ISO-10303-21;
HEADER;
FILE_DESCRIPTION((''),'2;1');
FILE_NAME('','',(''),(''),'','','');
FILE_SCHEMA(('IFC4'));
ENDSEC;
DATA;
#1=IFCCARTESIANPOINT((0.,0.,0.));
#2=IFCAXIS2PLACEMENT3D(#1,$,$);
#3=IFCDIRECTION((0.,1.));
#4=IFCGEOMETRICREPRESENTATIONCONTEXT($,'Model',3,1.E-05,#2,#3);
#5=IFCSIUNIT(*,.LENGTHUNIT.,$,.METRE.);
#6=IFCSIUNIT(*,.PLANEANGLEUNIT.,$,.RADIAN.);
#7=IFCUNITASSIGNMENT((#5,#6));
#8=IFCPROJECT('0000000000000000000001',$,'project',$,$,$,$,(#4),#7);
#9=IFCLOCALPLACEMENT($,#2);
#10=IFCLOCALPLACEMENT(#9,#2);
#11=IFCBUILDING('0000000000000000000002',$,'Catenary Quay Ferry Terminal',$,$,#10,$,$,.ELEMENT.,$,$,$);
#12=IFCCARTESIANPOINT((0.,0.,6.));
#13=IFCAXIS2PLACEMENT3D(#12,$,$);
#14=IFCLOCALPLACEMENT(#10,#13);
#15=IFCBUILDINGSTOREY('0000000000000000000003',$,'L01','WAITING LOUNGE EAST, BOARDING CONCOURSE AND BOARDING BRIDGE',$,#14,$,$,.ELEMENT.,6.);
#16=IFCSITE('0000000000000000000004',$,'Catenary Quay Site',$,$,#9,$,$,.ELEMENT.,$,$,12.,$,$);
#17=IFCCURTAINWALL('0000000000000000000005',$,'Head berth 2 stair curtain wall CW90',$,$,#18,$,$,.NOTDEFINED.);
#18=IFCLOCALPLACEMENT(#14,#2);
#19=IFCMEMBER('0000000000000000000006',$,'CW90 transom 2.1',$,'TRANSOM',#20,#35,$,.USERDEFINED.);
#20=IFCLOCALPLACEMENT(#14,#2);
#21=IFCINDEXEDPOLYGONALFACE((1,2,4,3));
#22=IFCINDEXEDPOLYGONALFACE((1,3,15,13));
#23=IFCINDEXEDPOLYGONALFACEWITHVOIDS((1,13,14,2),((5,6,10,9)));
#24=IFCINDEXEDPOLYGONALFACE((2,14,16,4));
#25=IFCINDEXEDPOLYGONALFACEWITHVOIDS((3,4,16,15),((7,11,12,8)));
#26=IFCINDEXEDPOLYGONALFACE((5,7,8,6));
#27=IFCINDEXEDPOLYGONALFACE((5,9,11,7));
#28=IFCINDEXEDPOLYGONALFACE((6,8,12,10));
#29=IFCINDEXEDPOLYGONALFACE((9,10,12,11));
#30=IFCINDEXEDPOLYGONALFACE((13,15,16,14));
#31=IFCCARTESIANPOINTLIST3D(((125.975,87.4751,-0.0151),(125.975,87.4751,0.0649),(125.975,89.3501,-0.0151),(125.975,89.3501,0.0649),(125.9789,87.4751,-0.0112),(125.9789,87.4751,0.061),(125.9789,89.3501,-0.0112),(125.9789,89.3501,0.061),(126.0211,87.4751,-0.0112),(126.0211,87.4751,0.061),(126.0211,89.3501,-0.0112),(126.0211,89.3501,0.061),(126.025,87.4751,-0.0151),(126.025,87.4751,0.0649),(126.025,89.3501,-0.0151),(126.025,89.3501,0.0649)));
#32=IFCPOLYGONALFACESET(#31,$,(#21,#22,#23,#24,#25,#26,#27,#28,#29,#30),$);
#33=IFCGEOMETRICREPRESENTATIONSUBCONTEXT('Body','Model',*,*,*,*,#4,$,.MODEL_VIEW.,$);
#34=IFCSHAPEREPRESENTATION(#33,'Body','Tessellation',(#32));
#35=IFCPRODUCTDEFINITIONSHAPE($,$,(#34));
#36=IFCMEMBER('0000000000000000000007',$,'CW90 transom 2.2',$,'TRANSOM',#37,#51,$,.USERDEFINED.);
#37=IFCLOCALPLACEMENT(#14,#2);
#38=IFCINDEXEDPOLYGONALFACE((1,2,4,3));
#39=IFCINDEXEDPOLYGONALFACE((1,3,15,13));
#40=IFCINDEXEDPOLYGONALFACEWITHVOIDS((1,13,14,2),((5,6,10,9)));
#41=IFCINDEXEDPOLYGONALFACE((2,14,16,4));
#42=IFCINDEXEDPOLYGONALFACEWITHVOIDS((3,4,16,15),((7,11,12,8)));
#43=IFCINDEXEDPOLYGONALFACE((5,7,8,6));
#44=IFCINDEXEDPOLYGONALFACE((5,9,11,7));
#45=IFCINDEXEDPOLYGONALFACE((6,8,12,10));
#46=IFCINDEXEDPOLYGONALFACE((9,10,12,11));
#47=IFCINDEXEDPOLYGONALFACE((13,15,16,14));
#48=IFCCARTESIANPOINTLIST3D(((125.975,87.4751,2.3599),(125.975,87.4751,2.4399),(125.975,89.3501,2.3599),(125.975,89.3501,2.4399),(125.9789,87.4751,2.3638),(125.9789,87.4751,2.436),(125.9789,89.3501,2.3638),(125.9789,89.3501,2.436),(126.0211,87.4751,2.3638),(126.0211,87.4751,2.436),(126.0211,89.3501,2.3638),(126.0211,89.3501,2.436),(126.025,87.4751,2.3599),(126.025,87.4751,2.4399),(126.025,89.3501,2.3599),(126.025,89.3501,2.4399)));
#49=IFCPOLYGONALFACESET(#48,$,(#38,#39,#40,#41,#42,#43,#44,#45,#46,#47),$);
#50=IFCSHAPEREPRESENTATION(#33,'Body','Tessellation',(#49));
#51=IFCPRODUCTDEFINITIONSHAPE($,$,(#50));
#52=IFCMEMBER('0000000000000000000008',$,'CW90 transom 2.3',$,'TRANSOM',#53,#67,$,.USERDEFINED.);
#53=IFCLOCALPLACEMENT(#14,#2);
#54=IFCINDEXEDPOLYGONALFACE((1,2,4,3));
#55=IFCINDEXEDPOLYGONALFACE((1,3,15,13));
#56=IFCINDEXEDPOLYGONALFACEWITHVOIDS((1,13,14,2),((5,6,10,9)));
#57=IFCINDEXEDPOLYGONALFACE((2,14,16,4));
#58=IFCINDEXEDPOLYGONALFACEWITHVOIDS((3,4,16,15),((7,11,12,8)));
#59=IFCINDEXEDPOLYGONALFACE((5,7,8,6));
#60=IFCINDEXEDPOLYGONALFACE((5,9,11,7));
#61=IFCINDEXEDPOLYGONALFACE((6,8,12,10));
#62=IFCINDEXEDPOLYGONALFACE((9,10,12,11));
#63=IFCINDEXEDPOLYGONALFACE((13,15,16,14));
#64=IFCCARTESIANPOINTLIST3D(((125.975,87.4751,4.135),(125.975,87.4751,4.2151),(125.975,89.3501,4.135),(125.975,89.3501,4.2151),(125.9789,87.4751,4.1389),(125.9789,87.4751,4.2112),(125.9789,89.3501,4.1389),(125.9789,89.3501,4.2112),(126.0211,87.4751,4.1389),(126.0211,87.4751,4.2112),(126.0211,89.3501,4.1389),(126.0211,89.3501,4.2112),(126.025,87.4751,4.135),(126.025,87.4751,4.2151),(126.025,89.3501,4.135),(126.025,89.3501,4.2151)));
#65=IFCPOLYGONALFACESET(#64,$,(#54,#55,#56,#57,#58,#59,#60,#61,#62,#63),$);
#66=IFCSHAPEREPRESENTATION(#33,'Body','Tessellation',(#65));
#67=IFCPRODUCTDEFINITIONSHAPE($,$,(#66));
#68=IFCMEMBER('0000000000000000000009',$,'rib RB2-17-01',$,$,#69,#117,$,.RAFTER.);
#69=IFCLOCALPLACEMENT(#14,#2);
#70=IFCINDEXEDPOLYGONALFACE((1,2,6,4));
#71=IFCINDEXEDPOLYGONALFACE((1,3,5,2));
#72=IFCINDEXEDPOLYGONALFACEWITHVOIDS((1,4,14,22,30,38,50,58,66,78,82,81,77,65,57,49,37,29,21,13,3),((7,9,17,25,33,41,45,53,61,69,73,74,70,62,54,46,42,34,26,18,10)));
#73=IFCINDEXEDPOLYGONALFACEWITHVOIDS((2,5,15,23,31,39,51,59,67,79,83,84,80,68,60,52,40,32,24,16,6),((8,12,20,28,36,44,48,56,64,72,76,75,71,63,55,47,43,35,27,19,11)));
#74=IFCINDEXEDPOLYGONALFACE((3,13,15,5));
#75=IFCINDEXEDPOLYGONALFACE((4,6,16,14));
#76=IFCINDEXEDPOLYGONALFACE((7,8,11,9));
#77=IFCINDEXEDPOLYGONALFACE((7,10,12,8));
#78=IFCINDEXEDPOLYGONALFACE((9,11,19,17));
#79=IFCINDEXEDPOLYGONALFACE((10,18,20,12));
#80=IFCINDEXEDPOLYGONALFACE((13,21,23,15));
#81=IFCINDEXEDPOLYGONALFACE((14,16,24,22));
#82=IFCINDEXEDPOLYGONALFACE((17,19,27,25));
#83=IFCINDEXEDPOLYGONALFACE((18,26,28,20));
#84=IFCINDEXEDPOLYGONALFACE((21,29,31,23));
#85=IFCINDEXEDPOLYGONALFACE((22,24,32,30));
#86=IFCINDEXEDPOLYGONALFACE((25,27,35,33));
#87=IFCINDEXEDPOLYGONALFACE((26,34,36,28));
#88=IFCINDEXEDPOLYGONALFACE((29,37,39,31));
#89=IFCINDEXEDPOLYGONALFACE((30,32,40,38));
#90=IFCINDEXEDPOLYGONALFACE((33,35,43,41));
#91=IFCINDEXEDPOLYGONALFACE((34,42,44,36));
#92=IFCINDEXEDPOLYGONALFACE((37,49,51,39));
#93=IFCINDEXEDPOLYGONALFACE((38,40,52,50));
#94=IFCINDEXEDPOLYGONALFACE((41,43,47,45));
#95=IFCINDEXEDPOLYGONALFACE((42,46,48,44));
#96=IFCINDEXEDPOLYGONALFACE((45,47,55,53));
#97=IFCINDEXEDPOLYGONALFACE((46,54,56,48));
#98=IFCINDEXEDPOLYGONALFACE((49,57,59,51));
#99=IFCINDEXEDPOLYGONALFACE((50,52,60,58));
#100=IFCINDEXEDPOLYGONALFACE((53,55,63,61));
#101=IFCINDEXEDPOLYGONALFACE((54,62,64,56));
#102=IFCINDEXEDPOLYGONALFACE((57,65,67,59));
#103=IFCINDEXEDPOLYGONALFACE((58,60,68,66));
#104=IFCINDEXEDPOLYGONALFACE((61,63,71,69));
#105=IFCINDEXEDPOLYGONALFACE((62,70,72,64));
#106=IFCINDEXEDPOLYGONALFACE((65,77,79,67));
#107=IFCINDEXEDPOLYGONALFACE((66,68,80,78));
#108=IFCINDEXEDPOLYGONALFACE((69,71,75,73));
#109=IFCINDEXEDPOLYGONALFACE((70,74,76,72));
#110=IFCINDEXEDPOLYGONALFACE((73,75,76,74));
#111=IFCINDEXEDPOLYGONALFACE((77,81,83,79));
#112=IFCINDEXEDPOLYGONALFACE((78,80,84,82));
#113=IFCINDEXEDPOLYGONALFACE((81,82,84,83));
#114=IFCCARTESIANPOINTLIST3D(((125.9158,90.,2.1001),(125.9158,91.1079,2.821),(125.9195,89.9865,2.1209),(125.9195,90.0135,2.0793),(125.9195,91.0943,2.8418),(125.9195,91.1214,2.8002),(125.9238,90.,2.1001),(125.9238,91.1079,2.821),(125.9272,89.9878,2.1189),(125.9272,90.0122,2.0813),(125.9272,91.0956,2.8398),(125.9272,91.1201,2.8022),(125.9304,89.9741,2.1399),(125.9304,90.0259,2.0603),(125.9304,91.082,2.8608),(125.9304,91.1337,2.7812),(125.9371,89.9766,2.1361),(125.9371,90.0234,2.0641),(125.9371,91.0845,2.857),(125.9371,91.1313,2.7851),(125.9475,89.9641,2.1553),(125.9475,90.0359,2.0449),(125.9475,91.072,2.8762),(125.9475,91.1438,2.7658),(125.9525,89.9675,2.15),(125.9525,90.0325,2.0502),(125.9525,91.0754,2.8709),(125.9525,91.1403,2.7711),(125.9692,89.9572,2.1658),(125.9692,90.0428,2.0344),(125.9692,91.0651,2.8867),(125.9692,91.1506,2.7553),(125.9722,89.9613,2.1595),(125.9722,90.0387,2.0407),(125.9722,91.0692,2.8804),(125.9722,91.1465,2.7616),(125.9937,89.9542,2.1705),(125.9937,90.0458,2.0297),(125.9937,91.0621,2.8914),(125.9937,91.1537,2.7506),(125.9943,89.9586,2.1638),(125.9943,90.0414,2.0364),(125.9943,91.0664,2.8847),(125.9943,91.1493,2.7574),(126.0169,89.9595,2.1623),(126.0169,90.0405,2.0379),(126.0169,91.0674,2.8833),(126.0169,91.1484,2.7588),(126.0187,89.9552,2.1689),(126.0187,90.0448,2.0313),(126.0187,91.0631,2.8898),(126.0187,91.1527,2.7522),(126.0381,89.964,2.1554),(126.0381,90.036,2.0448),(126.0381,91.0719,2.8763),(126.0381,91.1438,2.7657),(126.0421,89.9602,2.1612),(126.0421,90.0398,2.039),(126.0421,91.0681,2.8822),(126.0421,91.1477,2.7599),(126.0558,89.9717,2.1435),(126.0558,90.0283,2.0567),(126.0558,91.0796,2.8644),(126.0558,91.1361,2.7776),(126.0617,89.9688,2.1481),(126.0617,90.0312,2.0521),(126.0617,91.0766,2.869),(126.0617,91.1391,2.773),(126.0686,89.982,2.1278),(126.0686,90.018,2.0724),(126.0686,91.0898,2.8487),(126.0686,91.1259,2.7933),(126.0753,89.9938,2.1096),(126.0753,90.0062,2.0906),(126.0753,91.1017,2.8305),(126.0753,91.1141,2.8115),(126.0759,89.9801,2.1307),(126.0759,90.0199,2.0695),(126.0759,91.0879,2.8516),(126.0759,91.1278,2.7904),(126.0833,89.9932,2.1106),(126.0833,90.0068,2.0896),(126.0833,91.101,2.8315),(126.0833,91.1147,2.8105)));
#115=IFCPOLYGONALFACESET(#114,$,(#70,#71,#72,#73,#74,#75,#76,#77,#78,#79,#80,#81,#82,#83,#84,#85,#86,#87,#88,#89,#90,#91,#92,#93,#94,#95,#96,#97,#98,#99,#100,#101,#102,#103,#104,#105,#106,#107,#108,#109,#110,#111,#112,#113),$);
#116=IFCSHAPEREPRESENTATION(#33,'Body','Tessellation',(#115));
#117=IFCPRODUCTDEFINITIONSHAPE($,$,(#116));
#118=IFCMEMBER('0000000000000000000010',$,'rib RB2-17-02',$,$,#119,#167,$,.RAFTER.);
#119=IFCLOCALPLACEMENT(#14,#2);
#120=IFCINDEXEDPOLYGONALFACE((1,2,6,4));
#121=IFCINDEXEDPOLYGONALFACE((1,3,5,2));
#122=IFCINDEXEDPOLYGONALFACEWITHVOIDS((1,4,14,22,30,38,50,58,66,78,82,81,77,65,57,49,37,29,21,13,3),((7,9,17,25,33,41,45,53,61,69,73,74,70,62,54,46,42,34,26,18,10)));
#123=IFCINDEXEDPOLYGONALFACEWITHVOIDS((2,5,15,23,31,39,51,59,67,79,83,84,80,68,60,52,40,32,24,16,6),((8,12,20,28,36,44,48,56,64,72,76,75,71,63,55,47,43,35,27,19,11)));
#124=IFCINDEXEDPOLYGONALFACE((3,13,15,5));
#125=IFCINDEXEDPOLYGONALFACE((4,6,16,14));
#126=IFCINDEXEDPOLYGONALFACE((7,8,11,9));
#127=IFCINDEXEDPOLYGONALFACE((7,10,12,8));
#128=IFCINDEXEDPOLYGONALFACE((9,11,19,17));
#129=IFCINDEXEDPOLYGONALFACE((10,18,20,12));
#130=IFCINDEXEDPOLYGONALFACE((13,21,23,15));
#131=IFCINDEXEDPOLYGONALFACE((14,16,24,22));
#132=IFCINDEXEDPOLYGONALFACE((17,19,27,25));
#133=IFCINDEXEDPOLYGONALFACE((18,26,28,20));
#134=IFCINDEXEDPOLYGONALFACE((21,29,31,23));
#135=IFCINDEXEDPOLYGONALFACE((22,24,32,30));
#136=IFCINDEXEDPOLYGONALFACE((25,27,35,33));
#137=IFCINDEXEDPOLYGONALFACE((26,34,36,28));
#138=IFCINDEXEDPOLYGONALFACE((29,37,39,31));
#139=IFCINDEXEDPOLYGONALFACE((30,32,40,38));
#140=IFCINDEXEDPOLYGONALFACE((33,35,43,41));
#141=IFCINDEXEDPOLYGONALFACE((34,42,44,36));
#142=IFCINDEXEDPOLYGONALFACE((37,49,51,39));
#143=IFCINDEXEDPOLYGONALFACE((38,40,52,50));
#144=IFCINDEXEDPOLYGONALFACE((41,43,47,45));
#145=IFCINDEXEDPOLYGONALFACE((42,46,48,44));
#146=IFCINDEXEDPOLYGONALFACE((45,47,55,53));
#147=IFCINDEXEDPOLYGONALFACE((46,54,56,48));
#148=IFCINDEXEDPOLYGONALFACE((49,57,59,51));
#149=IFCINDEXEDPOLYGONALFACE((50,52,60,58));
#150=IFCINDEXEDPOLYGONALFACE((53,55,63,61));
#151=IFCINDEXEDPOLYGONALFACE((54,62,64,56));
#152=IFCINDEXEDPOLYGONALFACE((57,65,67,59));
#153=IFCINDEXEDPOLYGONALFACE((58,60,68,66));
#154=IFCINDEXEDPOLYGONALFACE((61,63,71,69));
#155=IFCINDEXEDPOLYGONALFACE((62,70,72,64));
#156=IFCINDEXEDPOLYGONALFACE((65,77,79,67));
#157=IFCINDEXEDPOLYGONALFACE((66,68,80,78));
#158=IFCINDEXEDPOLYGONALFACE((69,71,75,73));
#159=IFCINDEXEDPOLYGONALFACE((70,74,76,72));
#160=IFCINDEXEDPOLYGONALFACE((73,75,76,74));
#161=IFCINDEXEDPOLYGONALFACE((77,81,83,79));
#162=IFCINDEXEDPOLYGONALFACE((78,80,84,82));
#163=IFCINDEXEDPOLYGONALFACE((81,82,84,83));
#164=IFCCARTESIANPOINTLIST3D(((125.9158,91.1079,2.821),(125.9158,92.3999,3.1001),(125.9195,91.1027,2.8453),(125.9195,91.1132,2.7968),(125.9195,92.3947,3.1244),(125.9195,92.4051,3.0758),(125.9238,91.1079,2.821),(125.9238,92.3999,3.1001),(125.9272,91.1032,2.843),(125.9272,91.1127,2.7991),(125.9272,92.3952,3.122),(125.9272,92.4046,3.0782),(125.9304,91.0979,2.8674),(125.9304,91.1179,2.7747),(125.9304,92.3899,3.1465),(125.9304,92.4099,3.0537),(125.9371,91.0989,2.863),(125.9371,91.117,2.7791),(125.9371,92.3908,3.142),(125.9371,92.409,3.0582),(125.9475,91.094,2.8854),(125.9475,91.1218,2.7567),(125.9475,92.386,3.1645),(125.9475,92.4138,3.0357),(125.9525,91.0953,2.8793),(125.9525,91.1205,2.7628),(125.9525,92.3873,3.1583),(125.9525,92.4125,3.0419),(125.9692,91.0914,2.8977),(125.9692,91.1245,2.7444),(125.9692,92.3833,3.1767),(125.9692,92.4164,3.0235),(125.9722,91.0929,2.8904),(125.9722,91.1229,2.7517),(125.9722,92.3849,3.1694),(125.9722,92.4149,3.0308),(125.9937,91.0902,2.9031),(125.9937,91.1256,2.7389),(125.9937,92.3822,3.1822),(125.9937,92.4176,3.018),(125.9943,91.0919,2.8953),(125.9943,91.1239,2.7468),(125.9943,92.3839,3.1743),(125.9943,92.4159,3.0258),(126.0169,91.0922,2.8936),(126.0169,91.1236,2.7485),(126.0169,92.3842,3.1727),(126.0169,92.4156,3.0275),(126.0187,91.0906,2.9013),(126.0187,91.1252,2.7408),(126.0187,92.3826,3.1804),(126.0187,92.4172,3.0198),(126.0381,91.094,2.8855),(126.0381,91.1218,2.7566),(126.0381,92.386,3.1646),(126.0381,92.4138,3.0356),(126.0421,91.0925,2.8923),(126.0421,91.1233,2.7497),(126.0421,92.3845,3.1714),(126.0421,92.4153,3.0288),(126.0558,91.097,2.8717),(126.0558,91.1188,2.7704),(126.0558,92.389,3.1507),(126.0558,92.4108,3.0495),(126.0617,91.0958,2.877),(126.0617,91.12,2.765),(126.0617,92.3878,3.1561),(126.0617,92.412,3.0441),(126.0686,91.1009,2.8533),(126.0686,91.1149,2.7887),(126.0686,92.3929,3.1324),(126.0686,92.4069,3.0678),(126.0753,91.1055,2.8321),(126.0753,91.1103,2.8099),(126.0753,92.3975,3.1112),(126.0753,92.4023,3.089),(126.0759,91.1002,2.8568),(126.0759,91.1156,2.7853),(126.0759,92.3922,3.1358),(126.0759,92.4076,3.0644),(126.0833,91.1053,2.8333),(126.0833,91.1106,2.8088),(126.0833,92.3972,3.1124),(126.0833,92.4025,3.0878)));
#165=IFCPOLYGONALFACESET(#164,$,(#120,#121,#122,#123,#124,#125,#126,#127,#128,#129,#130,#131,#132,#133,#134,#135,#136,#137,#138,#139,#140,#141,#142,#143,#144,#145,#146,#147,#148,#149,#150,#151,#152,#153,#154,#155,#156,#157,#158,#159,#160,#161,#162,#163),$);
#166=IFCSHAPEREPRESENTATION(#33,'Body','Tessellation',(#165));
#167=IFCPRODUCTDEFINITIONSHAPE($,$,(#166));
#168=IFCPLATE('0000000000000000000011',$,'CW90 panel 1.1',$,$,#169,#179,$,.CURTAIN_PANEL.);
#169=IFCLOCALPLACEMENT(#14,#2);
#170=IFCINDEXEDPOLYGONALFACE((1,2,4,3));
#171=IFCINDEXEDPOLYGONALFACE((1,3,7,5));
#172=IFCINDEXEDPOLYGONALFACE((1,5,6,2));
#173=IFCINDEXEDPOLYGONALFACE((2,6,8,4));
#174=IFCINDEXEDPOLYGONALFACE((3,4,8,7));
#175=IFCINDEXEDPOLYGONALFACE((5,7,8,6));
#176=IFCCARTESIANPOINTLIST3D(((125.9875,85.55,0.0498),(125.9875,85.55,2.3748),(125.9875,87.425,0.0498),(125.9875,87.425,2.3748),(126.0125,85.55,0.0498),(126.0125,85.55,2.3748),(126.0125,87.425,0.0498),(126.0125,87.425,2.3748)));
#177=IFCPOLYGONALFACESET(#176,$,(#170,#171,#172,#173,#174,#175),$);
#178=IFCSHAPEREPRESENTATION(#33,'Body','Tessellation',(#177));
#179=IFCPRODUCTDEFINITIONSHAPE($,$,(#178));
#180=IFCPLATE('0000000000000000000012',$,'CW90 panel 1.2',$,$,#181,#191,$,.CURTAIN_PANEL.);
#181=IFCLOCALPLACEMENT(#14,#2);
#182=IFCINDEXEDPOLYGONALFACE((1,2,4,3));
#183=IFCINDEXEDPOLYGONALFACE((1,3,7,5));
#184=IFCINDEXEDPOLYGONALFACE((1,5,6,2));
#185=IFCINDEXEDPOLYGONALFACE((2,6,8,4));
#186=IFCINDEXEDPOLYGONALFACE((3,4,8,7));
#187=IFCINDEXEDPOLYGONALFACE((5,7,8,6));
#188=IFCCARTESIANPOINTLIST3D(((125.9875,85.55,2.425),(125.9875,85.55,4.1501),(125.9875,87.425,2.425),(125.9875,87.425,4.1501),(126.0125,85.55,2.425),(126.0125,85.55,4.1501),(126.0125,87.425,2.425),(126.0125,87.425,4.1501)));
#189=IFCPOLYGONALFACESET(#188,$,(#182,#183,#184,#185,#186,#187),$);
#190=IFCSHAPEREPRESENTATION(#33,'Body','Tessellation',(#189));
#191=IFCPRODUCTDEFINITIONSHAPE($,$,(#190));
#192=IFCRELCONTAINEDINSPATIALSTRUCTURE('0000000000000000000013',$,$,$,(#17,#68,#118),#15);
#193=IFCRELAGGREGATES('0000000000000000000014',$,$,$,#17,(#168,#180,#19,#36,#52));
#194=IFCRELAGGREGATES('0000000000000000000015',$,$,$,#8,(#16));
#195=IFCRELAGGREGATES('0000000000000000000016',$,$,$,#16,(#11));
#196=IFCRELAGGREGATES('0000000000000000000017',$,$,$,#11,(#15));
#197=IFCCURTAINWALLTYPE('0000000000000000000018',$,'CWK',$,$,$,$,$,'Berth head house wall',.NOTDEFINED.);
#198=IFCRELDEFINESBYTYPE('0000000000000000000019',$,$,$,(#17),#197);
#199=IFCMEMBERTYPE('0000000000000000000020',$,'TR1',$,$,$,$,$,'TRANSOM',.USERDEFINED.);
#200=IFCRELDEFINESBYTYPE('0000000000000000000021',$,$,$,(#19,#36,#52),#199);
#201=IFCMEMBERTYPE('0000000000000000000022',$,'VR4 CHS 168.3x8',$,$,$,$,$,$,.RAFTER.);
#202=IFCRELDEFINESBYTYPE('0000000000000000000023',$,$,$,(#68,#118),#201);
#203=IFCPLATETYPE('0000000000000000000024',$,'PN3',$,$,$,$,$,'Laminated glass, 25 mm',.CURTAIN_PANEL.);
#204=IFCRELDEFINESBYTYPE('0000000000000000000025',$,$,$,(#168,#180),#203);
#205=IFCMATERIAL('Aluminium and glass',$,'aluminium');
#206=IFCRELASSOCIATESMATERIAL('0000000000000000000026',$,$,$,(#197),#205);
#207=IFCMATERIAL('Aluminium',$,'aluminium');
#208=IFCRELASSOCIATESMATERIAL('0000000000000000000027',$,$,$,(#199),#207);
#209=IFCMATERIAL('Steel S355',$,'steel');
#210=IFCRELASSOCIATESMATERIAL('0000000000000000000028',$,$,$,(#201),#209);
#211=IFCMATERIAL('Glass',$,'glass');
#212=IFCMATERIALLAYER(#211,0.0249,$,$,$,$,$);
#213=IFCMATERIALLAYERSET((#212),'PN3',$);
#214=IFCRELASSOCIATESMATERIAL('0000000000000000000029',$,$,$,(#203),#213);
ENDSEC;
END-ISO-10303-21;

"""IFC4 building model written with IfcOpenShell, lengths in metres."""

from ifc_helpers import new_model, si_unit, direction, frame, origin, origin_2d, place, context, subcontext, project, spatial, rectangle, hollow_rectangle, hollow_circle, extrude, material, layer, layer_set, material_profile, profile_set, type_object, element, aggregate, save


model = new_model("IFC4")

# Units and contexts
model_context = context("Model", 3, precision=1e-05, world=origin(), true_north=direction((0.0, 1.0)))
body_context = subcontext(model_context, "Body", "Model", "MODEL_VIEW")
ifc_project = project(units=[si_unit("LENGTHUNIT", "METRE"), si_unit("PLANEANGLEUNIT", "RADIAN")], contexts=[model_context])

# Site, building, storey
site_placement = place(None, origin())
site = spatial("IfcSite", under=ifc_project, at=site_placement, Name="Catenary Quay Site", CompositionType="ELEMENT", RefElevation=12.0)
building_placement = place(site_placement, origin())
building = spatial("IfcBuilding", under=site, at=building_placement, Name="Catenary Quay Ferry Terminal", CompositionType="ELEMENT")
storey_placement = place(building_placement, frame((0.0, 0.0, 6.0)))
storey = spatial("IfcBuildingStorey", under=building, at=storey_placement, Name="L01", Description="WAITING LOUNGE EAST, BOARDING CONCOURSE AND BOARDING BRIDGE", CompositionType="ELEMENT", Elevation=6.0)

# Curtain wall
ifc_material_1 = material(Name="Aluminium and glass", Category="aluminium")
curtain_wall_type = type_object("IfcCurtainWallType", Name="CWK", ElementType="Berth head house wall", PredefinedType="NOTDEFINED", material=ifc_material_1)
curtain_wall_placement = place(storey_placement, origin())
curtain_wall = element("IfcCurtainWall", 1, at=curtain_wall_placement, inside=storey, type_object=curtain_wall_type, Name="Head berth 2 stair curtain wall CW90", PredefinedType="NOTDEFINED")

# Members
ifc_material_2 = material(Name="Aluminium", Category="aluminium")
ifc_material_profile_1 = material_profile(ifc_material_2, hollow_rectangle(XDim=0.05, YDim=0.0801, WallThickness=0.0039, at=origin_2d()), Name="TR1")
ifc_profile_set_1 = profile_set([ifc_material_profile_1], Name="Aluminium")
member_type_1 = type_object("IfcMemberType", Name="TR1", ElementType="TRANSOM", PredefinedType="USERDEFINED", material=ifc_profile_set_1)
member_1_placement = place(storey_placement, frame((126.0, 87.4751, 0.0249), z_axis=(0.0, 1.0, 0.0), x_axis=(-1.0, 0.0, 0.0)))
member_1 = element("IfcMember", 2, at=member_1_placement, type_object=member_type_1, Name="CW90 transom 2.1", ObjectType="TRANSOM", PredefinedType="USERDEFINED", context=body_context, shape_type="SweptSolid", body=[
    extrude(hollow_rectangle(XDim=0.05, YDim=0.0801, WallThickness=0.0039, at=origin_2d()), origin(), (0.0, 0.0, 1.0), 1.875),
])
member_2_placement = place(storey_placement, frame((126.0, 87.4751, 2.3999), z_axis=(0.0, 1.0, 0.0), x_axis=(-1.0, 0.0, 0.0)))
member_2 = element("IfcMember", 3, at=member_2_placement, type_object=member_type_1, Name="CW90 transom 2.2", ObjectType="TRANSOM", PredefinedType="USERDEFINED", context=body_context, shape_type="SweptSolid", body=[
    extrude(hollow_rectangle(XDim=0.05, YDim=0.0801, WallThickness=0.0039, at=origin_2d()), origin(), (0.0, 0.0, 1.0), 1.875),
])
member_3_placement = place(storey_placement, frame((126.0, 87.4751, 4.175), z_axis=(0.0, 1.0, 0.0), x_axis=(-1.0, 0.0, 0.0)))
member_3 = element("IfcMember", 4, at=member_3_placement, type_object=member_type_1, Name="CW90 transom 2.3", ObjectType="TRANSOM", PredefinedType="USERDEFINED", context=body_context, shape_type="SweptSolid", body=[
    extrude(hollow_rectangle(XDim=0.05, YDim=0.0801, WallThickness=0.0039, at=origin_2d()), origin(), (0.0, 0.0, 1.0), 1.875),
])

# Members
ifc_material_3 = material(Name="Steel S355", Category="steel")
ifc_material_profile_2 = material_profile(ifc_material_3, hollow_circle(Radius=0.0842, WallThickness=0.0081, at=origin_2d()), Name="CHS 168.3x8")
ifc_profile_set_2 = profile_set([ifc_material_profile_2], Name="Steel S355")
member_type_2 = type_object("IfcMemberType", Name="VR4 CHS 168.3x8", PredefinedType="RAFTER", material=ifc_profile_set_2)
for number, where, z_axis, x_axis, name in (
    (5, (126.0, 90.0, 2.1001), (0.0, 0.838165, 0.545417), (-1.0, 0.0, 0.0), "rib RB2-17-01"),
    (6, (126.0, 91.1079, 2.821), (0.0, 0.977461, 0.211118), (-1.0, 0.0, 0.0), "rib RB2-17-02"),
):
    element("IfcMember", number, at=place(storey_placement, frame(where, z_axis=z_axis, x_axis=x_axis)), inside=storey, type_object=member_type_2, Name=name, PredefinedType="RAFTER", context=body_context, shape_type="SweptSolid", body=[
        extrude(hollow_circle(Radius=0.0842, WallThickness=0.0081, at=origin_2d()), origin(), (0.0, 0.0, 1.0), 1.3218),
    ])

# Plates
ifc_material_4 = material(Name="Glass", Category="glass")
ifc_layer_1 = layer(ifc_material_4, 0.0249)
ifc_layer_set_1 = layer_set([ifc_layer_1], Name="PN3")
plate_type = type_object("IfcPlateType", Name="PN3", ElementType="Laminated glass, 25 mm", PredefinedType="CURTAIN_PANEL", material=ifc_layer_set_1)
plate_1_placement = place(storey_placement, frame((126.0, 86.4875, 0.0498), z_axis=(0.0, 0.0, 1.0), x_axis=(0.0, 1.0, 0.0)))
plate_1 = element("IfcPlate", 7, at=plate_1_placement, type_object=plate_type, Name="CW90 panel 1.1", PredefinedType="CURTAIN_PANEL", context=body_context, shape_type="SweptSolid", body=[
    extrude(rectangle(XDim=1.875, YDim=0.0249, at=origin_2d()), origin(), (0.0, 0.0, 1.0), 2.325),
])
plate_2_placement = place(storey_placement, frame((126.0, 86.4875, 2.425), z_axis=(0.0, 0.0, 1.0), x_axis=(0.0, 1.0, 0.0)))
plate_2 = element("IfcPlate", 8, at=plate_2_placement, type_object=plate_type, Name="CW90 panel 1.2", PredefinedType="CURTAIN_PANEL", context=body_context, shape_type="SweptSolid", body=[
    extrude(rectangle(XDim=1.875, YDim=0.0249, at=origin_2d()), origin(), (0.0, 0.0, 1.0), 1.7251),
])
aggregate(curtain_wall, [plate_1, plate_2, member_1, member_2, member_3])

save(model, "model.ifc")
